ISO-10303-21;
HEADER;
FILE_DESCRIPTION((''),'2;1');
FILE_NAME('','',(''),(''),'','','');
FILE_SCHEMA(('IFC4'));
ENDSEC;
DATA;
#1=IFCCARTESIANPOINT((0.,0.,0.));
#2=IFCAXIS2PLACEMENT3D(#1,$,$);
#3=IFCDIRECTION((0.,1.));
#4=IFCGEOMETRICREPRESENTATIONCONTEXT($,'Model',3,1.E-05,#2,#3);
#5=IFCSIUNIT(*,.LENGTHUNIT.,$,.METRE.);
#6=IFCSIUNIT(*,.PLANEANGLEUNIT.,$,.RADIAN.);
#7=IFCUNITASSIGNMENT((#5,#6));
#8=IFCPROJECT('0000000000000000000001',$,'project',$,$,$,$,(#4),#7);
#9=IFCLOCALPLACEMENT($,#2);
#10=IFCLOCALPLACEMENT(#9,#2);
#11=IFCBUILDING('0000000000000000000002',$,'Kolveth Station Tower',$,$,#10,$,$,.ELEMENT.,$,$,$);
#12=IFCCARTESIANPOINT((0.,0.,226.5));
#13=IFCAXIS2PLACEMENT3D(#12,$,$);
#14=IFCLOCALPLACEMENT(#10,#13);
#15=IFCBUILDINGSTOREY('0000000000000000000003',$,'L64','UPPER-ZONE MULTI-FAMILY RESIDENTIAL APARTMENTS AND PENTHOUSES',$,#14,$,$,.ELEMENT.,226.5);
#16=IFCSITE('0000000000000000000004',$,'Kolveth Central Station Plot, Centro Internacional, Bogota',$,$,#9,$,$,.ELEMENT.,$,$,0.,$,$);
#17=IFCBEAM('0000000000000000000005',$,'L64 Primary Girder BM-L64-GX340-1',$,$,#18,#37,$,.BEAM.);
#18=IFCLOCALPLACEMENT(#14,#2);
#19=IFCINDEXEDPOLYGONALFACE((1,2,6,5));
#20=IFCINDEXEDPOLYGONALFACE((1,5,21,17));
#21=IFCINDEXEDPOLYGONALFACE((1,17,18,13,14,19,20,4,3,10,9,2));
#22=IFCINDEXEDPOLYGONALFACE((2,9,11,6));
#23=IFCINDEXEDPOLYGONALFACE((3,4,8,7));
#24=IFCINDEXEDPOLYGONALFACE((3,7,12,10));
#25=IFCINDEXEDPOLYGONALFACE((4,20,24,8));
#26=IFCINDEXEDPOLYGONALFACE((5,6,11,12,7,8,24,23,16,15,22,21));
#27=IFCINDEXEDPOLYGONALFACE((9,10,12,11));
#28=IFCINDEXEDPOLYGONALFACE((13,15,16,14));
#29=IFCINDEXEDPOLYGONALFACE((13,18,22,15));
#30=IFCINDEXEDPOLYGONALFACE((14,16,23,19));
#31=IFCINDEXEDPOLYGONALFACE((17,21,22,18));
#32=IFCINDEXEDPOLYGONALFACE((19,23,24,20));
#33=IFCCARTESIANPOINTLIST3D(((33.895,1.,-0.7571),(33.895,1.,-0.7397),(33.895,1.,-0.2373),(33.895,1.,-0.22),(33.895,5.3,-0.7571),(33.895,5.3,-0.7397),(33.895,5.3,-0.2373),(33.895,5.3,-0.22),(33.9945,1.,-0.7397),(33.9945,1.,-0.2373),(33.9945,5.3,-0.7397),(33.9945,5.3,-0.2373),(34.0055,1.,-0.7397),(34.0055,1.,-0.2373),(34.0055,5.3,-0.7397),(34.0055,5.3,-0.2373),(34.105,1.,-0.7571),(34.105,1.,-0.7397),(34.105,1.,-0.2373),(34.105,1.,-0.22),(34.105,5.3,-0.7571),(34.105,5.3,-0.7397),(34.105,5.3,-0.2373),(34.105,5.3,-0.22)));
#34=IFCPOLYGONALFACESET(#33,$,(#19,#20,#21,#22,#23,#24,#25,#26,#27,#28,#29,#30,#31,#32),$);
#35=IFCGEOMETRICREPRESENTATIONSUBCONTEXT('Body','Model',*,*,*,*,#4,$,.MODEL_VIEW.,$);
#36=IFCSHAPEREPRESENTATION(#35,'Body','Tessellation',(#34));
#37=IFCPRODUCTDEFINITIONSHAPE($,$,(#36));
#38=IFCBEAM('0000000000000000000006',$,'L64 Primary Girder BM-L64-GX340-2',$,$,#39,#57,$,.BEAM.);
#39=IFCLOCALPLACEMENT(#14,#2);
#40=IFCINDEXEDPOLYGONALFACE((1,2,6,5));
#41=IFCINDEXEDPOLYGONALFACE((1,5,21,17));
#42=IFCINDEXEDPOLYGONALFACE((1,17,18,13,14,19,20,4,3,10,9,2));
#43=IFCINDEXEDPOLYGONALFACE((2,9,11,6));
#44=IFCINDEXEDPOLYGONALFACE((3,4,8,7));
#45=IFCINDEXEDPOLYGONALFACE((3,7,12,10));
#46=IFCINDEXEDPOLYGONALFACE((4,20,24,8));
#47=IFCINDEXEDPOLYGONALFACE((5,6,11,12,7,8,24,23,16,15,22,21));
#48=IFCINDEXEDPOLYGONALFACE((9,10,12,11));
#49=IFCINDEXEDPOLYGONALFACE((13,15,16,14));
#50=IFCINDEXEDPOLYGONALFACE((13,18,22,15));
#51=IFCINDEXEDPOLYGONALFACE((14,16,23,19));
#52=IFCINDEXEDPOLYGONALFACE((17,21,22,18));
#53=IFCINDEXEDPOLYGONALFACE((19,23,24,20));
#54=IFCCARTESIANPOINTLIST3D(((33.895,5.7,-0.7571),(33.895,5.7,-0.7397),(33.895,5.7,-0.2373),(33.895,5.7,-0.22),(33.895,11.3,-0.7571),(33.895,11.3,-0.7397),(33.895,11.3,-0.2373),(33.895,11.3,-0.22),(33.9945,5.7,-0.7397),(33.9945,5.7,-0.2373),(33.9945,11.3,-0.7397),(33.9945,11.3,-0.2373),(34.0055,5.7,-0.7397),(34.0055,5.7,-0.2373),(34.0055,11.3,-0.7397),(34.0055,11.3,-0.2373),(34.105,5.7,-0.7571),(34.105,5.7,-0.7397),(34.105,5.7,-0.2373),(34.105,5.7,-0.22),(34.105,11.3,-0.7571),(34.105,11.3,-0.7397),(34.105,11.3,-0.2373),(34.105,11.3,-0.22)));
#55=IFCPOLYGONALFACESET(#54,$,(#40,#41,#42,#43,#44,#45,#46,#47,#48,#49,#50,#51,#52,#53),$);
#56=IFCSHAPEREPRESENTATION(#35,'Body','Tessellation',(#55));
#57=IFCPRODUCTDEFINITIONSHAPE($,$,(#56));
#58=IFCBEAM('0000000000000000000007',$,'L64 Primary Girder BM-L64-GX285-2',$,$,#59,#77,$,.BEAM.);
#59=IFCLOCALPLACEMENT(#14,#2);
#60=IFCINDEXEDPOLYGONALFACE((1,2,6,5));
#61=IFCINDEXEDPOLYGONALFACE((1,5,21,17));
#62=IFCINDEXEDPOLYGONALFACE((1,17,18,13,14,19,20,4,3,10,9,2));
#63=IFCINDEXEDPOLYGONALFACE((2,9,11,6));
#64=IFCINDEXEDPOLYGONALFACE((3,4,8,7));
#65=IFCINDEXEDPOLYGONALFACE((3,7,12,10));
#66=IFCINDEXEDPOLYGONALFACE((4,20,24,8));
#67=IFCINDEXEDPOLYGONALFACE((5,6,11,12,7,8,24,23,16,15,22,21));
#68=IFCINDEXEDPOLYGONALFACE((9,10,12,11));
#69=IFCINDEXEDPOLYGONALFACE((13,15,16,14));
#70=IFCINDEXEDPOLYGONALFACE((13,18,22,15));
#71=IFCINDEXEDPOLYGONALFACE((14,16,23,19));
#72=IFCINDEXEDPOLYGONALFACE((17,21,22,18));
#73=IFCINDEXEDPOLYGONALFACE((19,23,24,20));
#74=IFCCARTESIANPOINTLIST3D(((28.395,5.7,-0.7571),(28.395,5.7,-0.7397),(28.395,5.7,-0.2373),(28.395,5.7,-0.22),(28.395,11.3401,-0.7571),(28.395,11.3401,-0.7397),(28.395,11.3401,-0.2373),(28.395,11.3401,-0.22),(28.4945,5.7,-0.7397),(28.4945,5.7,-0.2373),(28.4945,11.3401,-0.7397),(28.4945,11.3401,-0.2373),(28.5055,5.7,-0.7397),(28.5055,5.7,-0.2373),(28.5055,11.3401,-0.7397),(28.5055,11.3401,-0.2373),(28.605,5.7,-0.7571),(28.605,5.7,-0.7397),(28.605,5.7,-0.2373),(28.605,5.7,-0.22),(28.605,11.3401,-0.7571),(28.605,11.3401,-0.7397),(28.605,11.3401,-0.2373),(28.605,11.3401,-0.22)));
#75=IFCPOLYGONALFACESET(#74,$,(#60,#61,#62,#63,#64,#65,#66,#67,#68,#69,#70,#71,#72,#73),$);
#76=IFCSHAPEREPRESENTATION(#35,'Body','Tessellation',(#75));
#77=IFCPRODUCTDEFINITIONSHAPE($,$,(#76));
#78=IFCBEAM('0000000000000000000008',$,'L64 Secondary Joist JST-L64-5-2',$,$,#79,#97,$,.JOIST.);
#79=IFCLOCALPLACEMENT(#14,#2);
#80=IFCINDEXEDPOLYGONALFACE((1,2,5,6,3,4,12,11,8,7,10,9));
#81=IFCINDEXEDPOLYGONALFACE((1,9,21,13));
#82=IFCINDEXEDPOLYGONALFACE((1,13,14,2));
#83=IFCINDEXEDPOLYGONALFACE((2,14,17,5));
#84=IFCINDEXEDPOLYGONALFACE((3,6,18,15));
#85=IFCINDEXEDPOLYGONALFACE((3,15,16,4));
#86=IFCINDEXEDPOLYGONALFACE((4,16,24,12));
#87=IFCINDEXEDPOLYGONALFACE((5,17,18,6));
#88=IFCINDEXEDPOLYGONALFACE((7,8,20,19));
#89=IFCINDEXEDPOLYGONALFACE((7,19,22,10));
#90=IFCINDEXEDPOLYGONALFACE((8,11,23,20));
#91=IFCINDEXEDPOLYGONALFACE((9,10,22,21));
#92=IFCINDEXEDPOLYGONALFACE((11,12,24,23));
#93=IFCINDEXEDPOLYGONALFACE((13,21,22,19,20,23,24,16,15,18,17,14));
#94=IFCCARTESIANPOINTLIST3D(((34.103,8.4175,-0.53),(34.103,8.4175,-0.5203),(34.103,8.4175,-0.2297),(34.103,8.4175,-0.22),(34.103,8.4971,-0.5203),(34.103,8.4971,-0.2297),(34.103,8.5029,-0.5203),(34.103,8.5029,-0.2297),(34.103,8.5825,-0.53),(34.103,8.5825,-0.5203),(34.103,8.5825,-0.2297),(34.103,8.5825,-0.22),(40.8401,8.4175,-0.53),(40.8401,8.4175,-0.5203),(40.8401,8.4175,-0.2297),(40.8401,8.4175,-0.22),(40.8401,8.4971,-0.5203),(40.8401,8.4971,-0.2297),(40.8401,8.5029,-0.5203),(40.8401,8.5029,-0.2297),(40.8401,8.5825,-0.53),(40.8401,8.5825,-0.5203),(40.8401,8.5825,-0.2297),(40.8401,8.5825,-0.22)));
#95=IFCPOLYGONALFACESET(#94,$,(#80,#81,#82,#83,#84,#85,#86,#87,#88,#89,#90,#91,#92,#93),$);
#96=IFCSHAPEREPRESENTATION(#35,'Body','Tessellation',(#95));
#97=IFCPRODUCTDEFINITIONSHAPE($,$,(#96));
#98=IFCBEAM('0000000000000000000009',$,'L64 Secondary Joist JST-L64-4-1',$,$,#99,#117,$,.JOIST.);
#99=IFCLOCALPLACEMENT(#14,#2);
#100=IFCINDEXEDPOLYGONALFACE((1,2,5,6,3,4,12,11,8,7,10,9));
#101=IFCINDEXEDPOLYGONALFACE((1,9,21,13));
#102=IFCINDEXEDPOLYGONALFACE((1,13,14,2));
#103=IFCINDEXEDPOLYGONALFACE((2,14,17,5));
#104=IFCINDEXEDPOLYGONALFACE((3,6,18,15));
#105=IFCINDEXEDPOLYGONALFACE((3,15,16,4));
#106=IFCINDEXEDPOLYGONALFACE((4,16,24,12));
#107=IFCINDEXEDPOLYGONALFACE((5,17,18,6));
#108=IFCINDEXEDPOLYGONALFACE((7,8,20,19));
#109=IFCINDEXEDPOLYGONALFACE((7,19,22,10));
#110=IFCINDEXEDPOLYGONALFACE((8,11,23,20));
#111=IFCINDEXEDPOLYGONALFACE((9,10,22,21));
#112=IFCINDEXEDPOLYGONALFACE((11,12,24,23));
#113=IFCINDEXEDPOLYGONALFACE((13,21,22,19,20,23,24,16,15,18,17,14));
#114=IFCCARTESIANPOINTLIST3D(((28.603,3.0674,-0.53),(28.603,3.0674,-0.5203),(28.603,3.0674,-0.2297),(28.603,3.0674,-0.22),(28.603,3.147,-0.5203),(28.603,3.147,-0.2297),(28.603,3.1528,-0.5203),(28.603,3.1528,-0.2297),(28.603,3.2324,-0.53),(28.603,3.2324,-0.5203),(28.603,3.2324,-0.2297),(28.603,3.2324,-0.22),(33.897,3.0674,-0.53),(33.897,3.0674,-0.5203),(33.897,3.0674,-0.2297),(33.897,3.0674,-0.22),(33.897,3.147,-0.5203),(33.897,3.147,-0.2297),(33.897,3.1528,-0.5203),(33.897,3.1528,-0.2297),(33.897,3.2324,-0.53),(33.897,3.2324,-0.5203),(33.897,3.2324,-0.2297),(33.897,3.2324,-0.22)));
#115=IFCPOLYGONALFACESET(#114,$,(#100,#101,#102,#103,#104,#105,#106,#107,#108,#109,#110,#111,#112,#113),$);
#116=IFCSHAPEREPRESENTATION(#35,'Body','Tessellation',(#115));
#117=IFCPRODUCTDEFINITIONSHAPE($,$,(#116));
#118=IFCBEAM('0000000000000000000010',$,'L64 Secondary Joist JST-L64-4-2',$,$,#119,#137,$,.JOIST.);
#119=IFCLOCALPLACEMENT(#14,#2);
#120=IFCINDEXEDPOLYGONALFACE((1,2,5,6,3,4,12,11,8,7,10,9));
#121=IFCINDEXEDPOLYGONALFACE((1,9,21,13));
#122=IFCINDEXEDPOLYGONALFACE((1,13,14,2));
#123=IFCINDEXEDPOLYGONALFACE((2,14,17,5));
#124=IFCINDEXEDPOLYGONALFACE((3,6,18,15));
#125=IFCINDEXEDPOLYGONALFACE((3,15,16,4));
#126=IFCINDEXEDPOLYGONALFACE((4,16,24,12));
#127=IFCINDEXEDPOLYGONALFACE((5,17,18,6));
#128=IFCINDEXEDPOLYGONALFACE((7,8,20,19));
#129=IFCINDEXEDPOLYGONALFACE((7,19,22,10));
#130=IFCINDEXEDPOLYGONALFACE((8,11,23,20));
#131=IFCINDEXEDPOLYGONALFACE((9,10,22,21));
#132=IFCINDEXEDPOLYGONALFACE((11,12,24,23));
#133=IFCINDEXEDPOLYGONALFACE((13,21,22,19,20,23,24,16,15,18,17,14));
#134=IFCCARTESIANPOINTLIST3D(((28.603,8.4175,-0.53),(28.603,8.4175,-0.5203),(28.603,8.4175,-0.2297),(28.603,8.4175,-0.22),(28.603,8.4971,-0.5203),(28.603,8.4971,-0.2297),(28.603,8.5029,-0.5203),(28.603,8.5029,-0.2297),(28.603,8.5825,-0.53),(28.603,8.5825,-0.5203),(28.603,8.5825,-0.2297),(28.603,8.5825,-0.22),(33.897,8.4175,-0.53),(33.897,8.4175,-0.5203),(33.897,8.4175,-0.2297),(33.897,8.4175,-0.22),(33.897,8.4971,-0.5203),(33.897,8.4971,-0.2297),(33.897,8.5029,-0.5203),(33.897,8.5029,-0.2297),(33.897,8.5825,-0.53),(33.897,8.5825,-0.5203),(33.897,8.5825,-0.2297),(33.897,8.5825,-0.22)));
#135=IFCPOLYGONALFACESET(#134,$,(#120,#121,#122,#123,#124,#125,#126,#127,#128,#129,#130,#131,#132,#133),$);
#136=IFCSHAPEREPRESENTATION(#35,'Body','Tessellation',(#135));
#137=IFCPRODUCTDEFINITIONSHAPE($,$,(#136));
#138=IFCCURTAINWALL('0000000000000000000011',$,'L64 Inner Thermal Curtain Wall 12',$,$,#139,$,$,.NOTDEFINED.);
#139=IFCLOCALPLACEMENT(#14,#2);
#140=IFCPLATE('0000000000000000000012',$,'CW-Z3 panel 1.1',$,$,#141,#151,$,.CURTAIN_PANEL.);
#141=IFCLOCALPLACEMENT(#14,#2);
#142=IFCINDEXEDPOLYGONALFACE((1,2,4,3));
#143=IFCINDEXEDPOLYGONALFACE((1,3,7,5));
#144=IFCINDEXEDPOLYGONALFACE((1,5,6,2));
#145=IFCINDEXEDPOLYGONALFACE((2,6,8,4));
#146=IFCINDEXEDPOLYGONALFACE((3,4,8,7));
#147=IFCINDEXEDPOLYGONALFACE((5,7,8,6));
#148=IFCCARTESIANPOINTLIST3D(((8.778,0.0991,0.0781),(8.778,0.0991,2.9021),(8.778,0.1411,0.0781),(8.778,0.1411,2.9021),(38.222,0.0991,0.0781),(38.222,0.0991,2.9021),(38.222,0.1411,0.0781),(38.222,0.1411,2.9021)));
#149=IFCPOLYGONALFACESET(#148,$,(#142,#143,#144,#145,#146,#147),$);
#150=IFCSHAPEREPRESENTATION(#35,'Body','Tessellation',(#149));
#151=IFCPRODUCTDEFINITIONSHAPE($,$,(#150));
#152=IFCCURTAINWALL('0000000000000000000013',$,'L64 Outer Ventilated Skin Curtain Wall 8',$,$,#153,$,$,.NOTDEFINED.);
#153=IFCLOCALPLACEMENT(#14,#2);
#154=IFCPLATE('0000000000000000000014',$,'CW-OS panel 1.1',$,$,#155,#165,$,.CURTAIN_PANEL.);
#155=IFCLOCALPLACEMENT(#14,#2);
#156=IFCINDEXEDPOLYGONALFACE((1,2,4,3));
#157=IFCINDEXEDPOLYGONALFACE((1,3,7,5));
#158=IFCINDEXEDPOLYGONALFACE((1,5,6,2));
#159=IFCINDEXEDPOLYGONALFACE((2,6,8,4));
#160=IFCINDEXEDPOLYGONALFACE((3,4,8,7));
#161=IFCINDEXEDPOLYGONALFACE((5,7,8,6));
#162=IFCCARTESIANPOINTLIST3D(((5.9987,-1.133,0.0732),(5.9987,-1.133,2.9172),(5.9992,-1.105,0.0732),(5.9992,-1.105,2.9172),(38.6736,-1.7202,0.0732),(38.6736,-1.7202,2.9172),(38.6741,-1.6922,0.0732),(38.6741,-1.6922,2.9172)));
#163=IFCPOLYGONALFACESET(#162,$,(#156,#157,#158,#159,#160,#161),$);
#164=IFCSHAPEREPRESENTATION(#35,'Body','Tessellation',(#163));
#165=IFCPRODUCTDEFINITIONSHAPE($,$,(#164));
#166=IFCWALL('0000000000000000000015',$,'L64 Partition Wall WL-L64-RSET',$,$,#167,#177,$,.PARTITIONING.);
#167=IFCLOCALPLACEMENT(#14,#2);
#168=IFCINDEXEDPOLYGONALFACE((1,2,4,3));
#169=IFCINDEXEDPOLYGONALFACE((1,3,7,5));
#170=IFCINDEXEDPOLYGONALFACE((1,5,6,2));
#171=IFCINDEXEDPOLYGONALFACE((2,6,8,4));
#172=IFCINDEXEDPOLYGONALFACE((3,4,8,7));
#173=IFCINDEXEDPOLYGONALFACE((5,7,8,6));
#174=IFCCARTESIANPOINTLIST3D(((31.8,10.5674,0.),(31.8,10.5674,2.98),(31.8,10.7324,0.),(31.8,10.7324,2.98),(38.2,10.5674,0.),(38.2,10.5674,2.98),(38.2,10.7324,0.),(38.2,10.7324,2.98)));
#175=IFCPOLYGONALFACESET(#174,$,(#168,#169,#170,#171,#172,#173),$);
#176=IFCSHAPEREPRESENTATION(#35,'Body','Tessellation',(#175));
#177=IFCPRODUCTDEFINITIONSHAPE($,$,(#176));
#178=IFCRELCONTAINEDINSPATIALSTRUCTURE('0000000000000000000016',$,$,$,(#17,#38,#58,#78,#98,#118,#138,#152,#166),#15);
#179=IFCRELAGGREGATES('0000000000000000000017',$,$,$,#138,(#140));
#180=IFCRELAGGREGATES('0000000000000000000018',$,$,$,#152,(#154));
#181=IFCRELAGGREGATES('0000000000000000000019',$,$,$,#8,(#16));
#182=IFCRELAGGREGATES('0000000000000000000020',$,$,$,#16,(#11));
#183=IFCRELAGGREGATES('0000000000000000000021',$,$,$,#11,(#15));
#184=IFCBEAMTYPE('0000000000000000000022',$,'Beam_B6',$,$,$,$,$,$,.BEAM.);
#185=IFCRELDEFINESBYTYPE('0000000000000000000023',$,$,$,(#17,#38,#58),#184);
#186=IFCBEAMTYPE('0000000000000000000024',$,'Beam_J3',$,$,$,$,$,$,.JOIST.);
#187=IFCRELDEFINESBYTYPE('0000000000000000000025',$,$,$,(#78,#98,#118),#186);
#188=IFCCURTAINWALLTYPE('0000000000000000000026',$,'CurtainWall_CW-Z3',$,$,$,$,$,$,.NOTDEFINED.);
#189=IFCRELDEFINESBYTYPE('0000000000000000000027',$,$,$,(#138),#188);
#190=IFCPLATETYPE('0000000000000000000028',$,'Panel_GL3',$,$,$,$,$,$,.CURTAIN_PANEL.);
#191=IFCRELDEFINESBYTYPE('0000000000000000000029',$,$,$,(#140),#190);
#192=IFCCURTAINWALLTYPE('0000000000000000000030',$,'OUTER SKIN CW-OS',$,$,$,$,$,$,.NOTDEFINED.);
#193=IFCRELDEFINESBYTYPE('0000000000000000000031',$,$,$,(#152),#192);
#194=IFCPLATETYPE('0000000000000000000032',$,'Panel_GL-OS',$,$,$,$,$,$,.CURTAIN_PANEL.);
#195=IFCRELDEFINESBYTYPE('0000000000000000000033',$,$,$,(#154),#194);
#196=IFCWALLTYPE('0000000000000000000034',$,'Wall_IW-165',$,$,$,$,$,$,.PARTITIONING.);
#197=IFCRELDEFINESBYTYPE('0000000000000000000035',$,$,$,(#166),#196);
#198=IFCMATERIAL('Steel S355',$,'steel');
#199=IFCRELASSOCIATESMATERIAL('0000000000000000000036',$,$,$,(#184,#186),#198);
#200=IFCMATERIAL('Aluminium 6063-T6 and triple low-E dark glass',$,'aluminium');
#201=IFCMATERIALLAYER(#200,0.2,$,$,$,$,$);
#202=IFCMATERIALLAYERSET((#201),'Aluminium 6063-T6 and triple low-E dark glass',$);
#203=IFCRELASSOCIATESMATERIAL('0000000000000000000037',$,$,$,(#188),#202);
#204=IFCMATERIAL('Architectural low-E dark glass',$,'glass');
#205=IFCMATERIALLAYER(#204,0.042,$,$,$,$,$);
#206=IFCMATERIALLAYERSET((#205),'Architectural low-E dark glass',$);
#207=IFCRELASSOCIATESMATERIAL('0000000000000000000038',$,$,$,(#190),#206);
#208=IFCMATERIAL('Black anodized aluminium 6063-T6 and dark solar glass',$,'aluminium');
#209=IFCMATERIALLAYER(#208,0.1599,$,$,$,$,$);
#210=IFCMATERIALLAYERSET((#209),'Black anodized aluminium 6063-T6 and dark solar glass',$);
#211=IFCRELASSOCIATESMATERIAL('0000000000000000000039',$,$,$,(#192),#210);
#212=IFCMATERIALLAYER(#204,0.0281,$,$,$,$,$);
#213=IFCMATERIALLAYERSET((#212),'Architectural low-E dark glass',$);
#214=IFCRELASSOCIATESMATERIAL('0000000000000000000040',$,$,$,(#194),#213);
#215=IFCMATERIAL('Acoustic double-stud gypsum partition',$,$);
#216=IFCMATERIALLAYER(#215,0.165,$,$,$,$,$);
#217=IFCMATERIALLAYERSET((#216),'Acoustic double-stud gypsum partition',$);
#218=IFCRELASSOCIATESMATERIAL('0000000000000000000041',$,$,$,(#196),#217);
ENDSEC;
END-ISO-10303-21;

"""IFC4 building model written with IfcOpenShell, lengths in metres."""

from ifc_helpers import new_model, si_unit, direction, frame, frame_2d, origin, origin_2d, place, context, subcontext, project, spatial, rectangle, i_section, extrude, source, transform, mapped, material, layer, layer_set, material_profile, profile_set, type_object, element, aggregate, save


model = new_model("IFC4")

# Units and contexts
model_context = context("Model", 3, precision=1e-05, world=origin(), true_north=direction((0.0, 1.0)))
body_context = subcontext(model_context, "Body", "Model", "MODEL_VIEW")
ifc_project = project(units=[si_unit("LENGTHUNIT", "METRE"), si_unit("PLANEANGLEUNIT", "RADIAN")], contexts=[model_context])

# Site, building, storey
site_placement = place(None, origin())
site = spatial("IfcSite", under=ifc_project, at=site_placement, Name="Kolveth Central Station Plot, Centro Internacional, Bogota", CompositionType="ELEMENT", RefElevation=0.0)
building_placement = place(site_placement, origin())
building = spatial("IfcBuilding", under=site, at=building_placement, Name="Kolveth Station Tower", CompositionType="ELEMENT")
storey_placement = place(building_placement, frame((0.0, 0.0, 226.5)))
storey = spatial("IfcBuildingStorey", under=building, at=storey_placement, Name="L64", Description="UPPER-ZONE MULTI-FAMILY RESIDENTIAL APARTMENTS AND PENTHOUSES", CompositionType="ELEMENT", Elevation=226.5)

# Shared definitions
ifc_material_1 = material(Name="Steel S355", Category="steel")

# Beams
ifc_material_profile_1 = material_profile(ifc_material_1, i_section(OverallWidth=0.21, OverallDepth=0.5371, WebThickness=0.011, FlangeThickness=0.0173, at=origin_2d()), Name="W530x101")
ifc_profile_set_1 = profile_set([ifc_material_profile_1], Name="Steel S355")
beam_type_1 = type_object("IfcBeamType", Name="Beam_B6", PredefinedType="BEAM", material=ifc_profile_set_1)
shared_shape_1 = source(origin(), body_context, "Body", "SweptSolid", [
    extrude(i_section(OverallWidth=0.21, OverallDepth=0.5371, WebThickness=0.011, FlangeThickness=0.0173, at=origin_2d()), origin(), (0.0, 0.0, 1.0), 4.3),
])
for number, where, z_axis, x_axis, name in (
    (1, (34.0, 1.0, -0.4885), (0.0, 1.0, 0.0), (-1.0, 0.0, 0.0), "L64 Primary Girder BM-L64-GX340-1"),
):
    element("IfcBeam", number, at=place(storey_placement, frame(where, z_axis=z_axis, x_axis=x_axis)), inside=storey, type_object=beam_type_1, Name=name, PredefinedType="BEAM", context=body_context, shape_type="MappedRepresentation", body=[
        mapped(shared_shape_1, transform((0.0, 0.0, 0.0), x_axis=(1.0, 0.0, 0.0), y_axis=(0.0, 1.0, 0.0), z_axis=(0.0, 0.0, 1.0), scale=1.0)),
    ])
shared_shape_2 = source(origin(), body_context, "Body", "SweptSolid", [
    extrude(i_section(OverallWidth=0.21, OverallDepth=0.5371, WebThickness=0.011, FlangeThickness=0.0173, at=origin_2d()), origin(), (0.0, 0.0, 1.0), 5.6001),
])
beam_1_placement = place(storey_placement, frame((34.0, 5.7, -0.4885), z_axis=(0.0, 1.0, 0.0), x_axis=(-1.0, 0.0, 0.0)))
element("IfcBeam", 2, at=beam_1_placement, inside=storey, type_object=beam_type_1, Name="L64 Primary Girder BM-L64-GX340-2", PredefinedType="BEAM", context=body_context, shape_type="MappedRepresentation", body=[
    mapped(shared_shape_2, transform((0.0, 0.0, 0.0), x_axis=(1.0, 0.0, 0.0), y_axis=(0.0, 1.0, 0.0), z_axis=(0.0, 0.0, 1.0), scale=1.0)),
])
shared_shape_3 = source(origin(), body_context, "Body", "SweptSolid", [
    extrude(i_section(OverallWidth=0.21, OverallDepth=0.5371, WebThickness=0.011, FlangeThickness=0.0173, at=origin_2d()), origin(), (0.0, 0.0, 1.0), 5.6401),
])
beam_2_placement = place(storey_placement, frame((28.5, 5.7, -0.4885), z_axis=(0.0, 1.0, 0.0), x_axis=(-1.0, 0.0, 0.0)))
element("IfcBeam", 3, at=beam_2_placement, inside=storey, type_object=beam_type_1, Name="L64 Primary Girder BM-L64-GX285-2", PredefinedType="BEAM", context=body_context, shape_type="MappedRepresentation", body=[
    mapped(shared_shape_3, transform((0.0, 0.0, 0.0), x_axis=(1.0, 0.0, 0.0), y_axis=(0.0, 1.0, 0.0), z_axis=(0.0, 0.0, 1.0), scale=1.0)),
])
ifc_material_profile_2 = material_profile(ifc_material_1, i_section(OverallWidth=0.165, OverallDepth=0.3101, WebThickness=0.0059, FlangeThickness=0.0098, at=origin_2d()), Name="W310x39")
ifc_profile_set_2 = profile_set([ifc_material_profile_2], Name="Steel S355")
beam_type_2 = type_object("IfcBeamType", Name="Beam_J3", PredefinedType="JOIST", material=ifc_profile_set_2)
shared_shape_4 = source(origin(), body_context, "Body", "SweptSolid", [
    extrude(i_section(OverallWidth=0.165, OverallDepth=0.3101, WebThickness=0.0059, FlangeThickness=0.0098, at=origin_2d()), origin(), (0.0, 0.0, 1.0), 6.7371),
])
beam_3_placement = place(storey_placement, frame((34.103, 8.5, -0.375), z_axis=(1.0, 0.0, 0.0), x_axis=(0.0, 1.0, 0.0)))
element("IfcBeam", 4, at=beam_3_placement, inside=storey, type_object=beam_type_2, Name="L64 Secondary Joist JST-L64-5-2", PredefinedType="JOIST", context=body_context, shape_type="MappedRepresentation", body=[
    mapped(shared_shape_4, transform((0.0, 0.0, 0.0), x_axis=(1.0, 0.0, 0.0), y_axis=(0.0, 1.0, 0.0), z_axis=(0.0, 0.0, 1.0), scale=1.0)),
])
shared_shape_5 = source(origin(), body_context, "Body", "SweptSolid", [
    extrude(i_section(OverallWidth=0.165, OverallDepth=0.3101, WebThickness=0.0059, FlangeThickness=0.0098, at=origin_2d()), origin(), (0.0, 0.0, 1.0), 5.2939),
])
for number, where, z_axis, x_axis, name in (
    (5, (28.603, 3.1499, -0.375), (1.0, 0.0, 0.0), (0.0, 1.0, 0.0), "L64 Secondary Joist JST-L64-4-1"),
    (6, (28.603, 8.5, -0.375), (1.0, 0.0, 0.0), (0.0, 1.0, 0.0), "L64 Secondary Joist JST-L64-4-2"),
):
    element("IfcBeam", number, at=place(storey_placement, frame(where, z_axis=z_axis, x_axis=x_axis)), inside=storey, type_object=beam_type_2, Name=name, PredefinedType="JOIST", context=body_context, shape_type="MappedRepresentation", body=[
        mapped(shared_shape_5, transform((0.0, 0.0, 0.0), x_axis=(1.0, 0.0, 0.0), y_axis=(0.0, 1.0, 0.0), z_axis=(0.0, 0.0, 1.0), scale=1.0)),
    ])

# Curtain walls, plates
ifc_material_2 = material(Name="Aluminium 6063-T6 and triple low-E dark glass", Category="aluminium")
ifc_layer_1 = layer(ifc_material_2, 0.2)
ifc_layer_set_1 = layer_set([ifc_layer_1], Name="Aluminium 6063-T6 and triple low-E dark glass")
curtain_wall_type_1 = type_object("IfcCurtainWallType", Name="CurtainWall_CW-Z3", PredefinedType="NOTDEFINED", material=ifc_layer_set_1)
curtain_wall_1_placement = place(storey_placement, origin())
curtain_wall_1 = element("IfcCurtainWall", 7, at=curtain_wall_1_placement, inside=storey, type_object=curtain_wall_type_1, Name="L64 Inner Thermal Curtain Wall 12", PredefinedType="NOTDEFINED")
ifc_material_3 = material(Name="Architectural low-E dark glass", Category="glass")
ifc_layer_2 = layer(ifc_material_3, 0.042)
ifc_layer_set_2 = layer_set([ifc_layer_2], Name="Architectural low-E dark glass")
plate_type_1 = type_object("IfcPlateType", Name="Panel_GL3", PredefinedType="CURTAIN_PANEL", material=ifc_layer_set_2)
shared_shape_6 = source(origin(), body_context, "Body", "SweptSolid", [
    extrude(rectangle(XDim=29.4441, YDim=0.042, at=origin_2d()), origin(), (0.0, 0.0, 1.0), 2.824),
])
plate_1_placement = place(storey_placement, frame((23.5, 0.1201, 0.0781), z_axis=(0.0, 0.0, 1.0), x_axis=(1.0, 0.0, 0.0)))
plate_1 = element("IfcPlate", 8, at=plate_1_placement, type_object=plate_type_1, Name="CW-Z3 panel 1.1", PredefinedType="CURTAIN_PANEL", context=body_context, shape_type="MappedRepresentation", body=[
    mapped(shared_shape_6, transform((0.0, 0.0, 0.0), x_axis=(1.0, 0.0, 0.0), y_axis=(0.0, 1.0, 0.0), z_axis=(0.0, 0.0, 1.0), scale=1.0)),
])
aggregate(curtain_wall_1, [plate_1])
ifc_material_4 = material(Name="Black anodized aluminium 6063-T6 and dark solar glass", Category="aluminium")
ifc_layer_3 = layer(ifc_material_4, 0.1599)
ifc_layer_set_3 = layer_set([ifc_layer_3], Name="Black anodized aluminium 6063-T6 and dark solar glass")
curtain_wall_type_2 = type_object("IfcCurtainWallType", Name="OUTER SKIN CW-OS", PredefinedType="NOTDEFINED", material=ifc_layer_set_3)
curtain_wall_2_placement = place(storey_placement, origin())
curtain_wall_2 = element("IfcCurtainWall", 9, at=curtain_wall_2_placement, inside=storey, type_object=curtain_wall_type_2, Name="L64 Outer Ventilated Skin Curtain Wall 8", PredefinedType="NOTDEFINED")
ifc_layer_4 = layer(ifc_material_3, 0.0281)
ifc_layer_set_4 = layer_set([ifc_layer_4], Name="Architectural low-E dark glass")
plate_type_2 = type_object("IfcPlateType", Name="Panel_GL-OS", PredefinedType="CURTAIN_PANEL", material=ifc_layer_set_4)
shared_shape_7 = source(origin(), body_context, "Body", "SweptSolid", [
    extrude(rectangle(XDim=32.6802, YDim=0.0281, at=origin_2d()), origin(), (0.0, 0.0, 1.0), 2.844),
])
plate_2_placement = place(storey_placement, frame((22.3364, -1.4126, 0.0732), z_axis=(0.0, 0.0, 1.0), x_axis=(0.999839, -0.017969, 0.0)))
plate_2 = element("IfcPlate", 10, at=plate_2_placement, type_object=plate_type_2, Name="CW-OS panel 1.1", PredefinedType="CURTAIN_PANEL", context=body_context, shape_type="MappedRepresentation", body=[
    mapped(shared_shape_7, transform((0.0, 0.0, 0.0), x_axis=(1.0, 0.0, 0.0), y_axis=(0.0, 1.0, 0.0), z_axis=(0.0, 0.0, 1.0), scale=1.0)),
])
aggregate(curtain_wall_2, [plate_2])

# Wall
ifc_material_5 = material(Name="Acoustic double-stud gypsum partition")
ifc_layer_5 = layer(ifc_material_5, 0.165)
ifc_layer_set_5 = layer_set([ifc_layer_5], Name="Acoustic double-stud gypsum partition")
wall_type = type_object("IfcWallType", Name="Wall_IW-165", PredefinedType="PARTITIONING", material=ifc_layer_set_5)
wall_1_placement = place(storey_placement, frame((31.8, 10.6499, 0.0), z_axis=(0.0, 0.0, 1.0), x_axis=(1.0, 0.0, 0.0)))
element("IfcWall", 11, at=wall_1_placement, inside=storey, type_object=wall_type, Name="L64 Partition Wall WL-L64-RSET", PredefinedType="PARTITIONING", context=body_context, shape_type="SweptSolid", body=[
    extrude(rectangle(XDim=6.3999, YDim=0.165, at=frame_2d((3.2, 0.0))), origin(), (0.0, 0.0, 1.0), 2.98),
])

save(model, "model.ifc")
